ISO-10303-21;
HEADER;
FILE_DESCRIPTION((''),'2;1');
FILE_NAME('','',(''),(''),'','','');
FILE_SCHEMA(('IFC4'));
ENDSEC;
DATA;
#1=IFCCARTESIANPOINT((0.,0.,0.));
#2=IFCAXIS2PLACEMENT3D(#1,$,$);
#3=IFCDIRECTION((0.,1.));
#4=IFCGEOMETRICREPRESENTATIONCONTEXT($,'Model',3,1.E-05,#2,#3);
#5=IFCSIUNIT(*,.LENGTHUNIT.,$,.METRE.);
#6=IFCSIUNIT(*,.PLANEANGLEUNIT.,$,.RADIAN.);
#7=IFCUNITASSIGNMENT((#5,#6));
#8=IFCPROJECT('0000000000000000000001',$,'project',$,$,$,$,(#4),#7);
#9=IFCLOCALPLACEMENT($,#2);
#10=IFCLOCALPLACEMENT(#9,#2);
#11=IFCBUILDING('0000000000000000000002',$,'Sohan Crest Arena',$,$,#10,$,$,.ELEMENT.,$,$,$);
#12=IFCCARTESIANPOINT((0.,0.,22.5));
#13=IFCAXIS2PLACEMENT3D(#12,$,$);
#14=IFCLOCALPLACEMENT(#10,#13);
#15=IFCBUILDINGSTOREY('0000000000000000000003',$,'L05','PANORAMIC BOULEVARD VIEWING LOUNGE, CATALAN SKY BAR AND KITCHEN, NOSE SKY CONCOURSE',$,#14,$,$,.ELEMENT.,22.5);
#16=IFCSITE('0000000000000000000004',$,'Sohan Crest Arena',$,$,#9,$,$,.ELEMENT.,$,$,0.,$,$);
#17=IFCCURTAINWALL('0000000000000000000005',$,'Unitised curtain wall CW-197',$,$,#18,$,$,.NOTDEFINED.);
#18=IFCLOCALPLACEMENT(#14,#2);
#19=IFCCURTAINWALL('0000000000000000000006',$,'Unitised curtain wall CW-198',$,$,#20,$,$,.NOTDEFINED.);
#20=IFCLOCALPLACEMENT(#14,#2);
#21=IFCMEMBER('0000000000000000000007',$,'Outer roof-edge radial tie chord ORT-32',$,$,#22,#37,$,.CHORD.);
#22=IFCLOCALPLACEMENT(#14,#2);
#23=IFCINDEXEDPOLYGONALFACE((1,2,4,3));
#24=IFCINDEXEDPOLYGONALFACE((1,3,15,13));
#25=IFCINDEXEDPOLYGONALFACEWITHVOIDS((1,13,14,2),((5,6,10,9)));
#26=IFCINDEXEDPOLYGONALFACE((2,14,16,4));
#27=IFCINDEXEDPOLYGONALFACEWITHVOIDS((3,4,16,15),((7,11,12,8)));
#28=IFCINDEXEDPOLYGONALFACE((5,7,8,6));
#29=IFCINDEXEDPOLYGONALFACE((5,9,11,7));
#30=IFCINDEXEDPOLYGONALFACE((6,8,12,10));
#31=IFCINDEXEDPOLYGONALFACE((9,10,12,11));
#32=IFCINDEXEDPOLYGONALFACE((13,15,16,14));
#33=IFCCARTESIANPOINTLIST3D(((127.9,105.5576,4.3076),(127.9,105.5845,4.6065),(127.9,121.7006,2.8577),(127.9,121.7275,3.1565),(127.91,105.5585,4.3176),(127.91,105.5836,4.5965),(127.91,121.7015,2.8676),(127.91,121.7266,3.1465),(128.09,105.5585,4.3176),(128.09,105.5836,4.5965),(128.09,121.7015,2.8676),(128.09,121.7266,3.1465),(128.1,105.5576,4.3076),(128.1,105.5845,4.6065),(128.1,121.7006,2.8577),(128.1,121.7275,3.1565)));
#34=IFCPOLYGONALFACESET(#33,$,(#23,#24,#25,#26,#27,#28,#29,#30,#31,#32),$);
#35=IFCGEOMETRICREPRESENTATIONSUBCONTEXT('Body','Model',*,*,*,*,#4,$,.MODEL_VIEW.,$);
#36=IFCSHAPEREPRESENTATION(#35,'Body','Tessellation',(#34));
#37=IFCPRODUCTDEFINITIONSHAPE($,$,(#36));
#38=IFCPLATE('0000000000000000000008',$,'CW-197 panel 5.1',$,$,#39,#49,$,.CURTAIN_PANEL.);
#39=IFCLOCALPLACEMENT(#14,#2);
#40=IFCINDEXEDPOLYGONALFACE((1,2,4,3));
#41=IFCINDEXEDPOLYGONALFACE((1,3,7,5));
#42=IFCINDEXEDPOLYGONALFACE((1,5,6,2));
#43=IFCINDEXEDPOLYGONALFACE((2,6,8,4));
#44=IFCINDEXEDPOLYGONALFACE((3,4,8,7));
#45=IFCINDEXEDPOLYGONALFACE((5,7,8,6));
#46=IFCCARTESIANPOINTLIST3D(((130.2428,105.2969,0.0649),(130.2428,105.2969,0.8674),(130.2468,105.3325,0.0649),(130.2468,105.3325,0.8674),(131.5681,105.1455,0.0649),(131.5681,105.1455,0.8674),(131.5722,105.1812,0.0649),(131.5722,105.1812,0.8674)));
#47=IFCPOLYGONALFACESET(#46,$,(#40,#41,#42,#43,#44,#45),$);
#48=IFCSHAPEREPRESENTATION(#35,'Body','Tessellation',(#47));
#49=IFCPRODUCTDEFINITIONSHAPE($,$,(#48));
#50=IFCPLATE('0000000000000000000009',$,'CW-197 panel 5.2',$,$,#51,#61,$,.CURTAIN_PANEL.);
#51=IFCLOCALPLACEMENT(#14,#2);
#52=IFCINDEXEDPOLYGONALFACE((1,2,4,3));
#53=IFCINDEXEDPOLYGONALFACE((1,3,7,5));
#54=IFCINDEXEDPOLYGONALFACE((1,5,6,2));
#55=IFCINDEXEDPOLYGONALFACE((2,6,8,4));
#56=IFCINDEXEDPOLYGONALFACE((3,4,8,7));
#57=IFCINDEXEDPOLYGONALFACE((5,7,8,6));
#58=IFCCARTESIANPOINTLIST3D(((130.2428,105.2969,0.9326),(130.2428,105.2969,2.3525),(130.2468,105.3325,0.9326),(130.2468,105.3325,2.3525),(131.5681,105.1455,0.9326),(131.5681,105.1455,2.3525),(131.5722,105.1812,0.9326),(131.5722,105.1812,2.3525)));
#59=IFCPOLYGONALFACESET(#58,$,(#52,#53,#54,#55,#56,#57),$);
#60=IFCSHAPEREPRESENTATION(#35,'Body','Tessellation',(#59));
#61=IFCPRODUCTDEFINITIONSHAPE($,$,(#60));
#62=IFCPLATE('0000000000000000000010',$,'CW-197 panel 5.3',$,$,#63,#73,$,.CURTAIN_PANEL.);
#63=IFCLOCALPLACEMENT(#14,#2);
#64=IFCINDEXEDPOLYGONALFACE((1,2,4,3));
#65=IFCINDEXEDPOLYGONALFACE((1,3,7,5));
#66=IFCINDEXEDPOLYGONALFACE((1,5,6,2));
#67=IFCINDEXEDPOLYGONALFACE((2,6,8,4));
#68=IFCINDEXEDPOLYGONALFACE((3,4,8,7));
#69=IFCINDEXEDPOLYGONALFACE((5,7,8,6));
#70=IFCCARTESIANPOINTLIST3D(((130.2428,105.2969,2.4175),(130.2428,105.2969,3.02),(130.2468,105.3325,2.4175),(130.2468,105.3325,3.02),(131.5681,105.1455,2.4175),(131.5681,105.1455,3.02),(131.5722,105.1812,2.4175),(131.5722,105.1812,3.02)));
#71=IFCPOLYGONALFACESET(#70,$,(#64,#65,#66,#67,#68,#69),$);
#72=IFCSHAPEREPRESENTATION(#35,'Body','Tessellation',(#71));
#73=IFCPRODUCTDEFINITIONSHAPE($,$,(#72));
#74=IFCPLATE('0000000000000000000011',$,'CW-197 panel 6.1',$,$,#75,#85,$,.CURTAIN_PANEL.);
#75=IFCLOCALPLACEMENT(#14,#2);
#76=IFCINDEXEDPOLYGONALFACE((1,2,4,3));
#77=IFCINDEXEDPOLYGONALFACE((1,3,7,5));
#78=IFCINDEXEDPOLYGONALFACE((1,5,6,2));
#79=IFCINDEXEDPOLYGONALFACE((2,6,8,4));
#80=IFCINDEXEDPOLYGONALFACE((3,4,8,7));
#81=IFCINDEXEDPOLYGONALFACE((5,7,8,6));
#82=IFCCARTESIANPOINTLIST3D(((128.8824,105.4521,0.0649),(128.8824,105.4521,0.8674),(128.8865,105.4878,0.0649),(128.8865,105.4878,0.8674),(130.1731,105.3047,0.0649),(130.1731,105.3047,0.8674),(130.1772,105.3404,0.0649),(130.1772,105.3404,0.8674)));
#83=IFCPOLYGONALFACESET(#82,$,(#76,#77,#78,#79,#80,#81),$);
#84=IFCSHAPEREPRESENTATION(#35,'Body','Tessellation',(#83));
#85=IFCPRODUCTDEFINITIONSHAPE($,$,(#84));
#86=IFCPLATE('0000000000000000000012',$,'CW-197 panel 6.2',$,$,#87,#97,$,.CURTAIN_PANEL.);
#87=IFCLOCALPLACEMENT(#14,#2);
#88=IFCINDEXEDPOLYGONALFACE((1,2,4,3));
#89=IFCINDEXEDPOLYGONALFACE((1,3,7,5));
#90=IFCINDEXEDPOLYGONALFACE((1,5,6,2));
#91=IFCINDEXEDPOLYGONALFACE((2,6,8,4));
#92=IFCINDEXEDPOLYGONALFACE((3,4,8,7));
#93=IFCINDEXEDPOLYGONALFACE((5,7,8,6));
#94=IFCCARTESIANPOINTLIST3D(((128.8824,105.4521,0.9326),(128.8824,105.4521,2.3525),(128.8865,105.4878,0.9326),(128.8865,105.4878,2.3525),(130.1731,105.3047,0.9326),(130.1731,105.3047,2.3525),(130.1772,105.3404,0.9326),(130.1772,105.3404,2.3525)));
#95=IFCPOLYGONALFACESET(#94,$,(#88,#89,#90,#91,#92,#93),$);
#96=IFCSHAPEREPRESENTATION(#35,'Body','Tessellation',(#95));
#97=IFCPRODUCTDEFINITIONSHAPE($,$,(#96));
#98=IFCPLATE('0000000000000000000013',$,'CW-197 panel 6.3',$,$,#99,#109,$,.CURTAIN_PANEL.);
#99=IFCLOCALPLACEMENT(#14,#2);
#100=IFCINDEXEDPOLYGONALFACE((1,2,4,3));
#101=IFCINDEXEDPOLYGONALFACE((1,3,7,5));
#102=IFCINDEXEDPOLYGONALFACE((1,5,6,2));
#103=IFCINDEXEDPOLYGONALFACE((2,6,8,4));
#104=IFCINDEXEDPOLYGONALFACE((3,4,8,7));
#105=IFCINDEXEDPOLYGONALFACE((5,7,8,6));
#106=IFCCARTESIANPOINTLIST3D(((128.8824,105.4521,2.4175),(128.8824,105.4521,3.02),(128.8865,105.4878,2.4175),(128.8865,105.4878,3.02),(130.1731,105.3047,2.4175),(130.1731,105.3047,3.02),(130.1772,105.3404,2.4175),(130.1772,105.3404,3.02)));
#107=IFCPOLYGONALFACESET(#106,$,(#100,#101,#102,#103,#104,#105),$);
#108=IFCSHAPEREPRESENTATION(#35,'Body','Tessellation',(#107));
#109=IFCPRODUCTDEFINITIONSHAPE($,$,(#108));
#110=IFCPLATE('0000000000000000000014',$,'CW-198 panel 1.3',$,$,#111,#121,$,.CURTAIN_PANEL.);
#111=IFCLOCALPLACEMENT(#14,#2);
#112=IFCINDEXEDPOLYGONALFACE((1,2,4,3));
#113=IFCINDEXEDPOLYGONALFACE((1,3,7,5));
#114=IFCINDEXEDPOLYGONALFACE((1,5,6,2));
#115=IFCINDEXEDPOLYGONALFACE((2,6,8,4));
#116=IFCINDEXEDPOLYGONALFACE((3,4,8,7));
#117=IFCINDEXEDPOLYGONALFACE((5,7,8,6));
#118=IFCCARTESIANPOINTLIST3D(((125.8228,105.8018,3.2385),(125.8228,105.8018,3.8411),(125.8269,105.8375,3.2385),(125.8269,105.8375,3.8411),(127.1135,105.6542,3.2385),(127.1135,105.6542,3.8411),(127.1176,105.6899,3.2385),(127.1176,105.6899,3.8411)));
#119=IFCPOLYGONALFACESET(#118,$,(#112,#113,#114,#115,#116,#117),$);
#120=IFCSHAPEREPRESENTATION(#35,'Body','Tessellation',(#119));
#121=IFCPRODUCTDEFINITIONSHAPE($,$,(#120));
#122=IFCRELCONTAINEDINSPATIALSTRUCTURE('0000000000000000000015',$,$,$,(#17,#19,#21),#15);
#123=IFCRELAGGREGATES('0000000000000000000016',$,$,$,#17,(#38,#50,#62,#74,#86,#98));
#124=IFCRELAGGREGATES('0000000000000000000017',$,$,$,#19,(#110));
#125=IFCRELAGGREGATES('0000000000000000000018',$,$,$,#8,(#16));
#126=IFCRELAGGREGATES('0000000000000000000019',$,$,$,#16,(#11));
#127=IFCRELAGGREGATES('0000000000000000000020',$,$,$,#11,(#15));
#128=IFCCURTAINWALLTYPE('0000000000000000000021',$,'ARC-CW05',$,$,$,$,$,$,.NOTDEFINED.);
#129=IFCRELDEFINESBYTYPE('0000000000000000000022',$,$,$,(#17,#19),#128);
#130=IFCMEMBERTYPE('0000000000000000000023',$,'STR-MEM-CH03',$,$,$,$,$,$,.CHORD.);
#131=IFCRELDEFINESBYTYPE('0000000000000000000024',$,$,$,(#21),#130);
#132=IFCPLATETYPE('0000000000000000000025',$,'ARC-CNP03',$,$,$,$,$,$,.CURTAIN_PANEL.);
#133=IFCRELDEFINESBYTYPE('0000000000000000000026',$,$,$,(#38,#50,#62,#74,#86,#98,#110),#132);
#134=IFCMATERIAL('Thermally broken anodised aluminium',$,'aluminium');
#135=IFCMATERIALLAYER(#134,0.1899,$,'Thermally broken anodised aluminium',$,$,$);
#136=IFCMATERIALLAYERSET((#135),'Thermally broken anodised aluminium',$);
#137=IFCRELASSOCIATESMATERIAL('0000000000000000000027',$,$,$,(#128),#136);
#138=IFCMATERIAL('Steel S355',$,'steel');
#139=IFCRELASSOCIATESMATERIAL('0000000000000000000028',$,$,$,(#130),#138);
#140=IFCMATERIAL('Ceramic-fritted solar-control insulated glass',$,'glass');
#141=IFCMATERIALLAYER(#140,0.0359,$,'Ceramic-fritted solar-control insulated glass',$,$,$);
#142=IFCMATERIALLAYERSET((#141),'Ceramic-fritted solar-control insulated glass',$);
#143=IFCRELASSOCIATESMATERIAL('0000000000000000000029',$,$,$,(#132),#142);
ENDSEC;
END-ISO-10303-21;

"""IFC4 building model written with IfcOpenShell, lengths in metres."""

from ifc_helpers import new_model, si_unit, direction, frame, origin, origin_2d, place, context, subcontext, project, spatial, rectangle, hollow_rectangle, extrude, material, layer, layer_set, material_profile, profile_set, type_object, element, aggregate, save


model = new_model("IFC4")

# Units and contexts
model_context = context("Model", 3, precision=1e-05, world=origin(), true_north=direction((0.0, 1.0)))
body_context = subcontext(model_context, "Body", "Model", "MODEL_VIEW")
ifc_project = project(units=[si_unit("LENGTHUNIT", "METRE"), si_unit("PLANEANGLEUNIT", "RADIAN")], contexts=[model_context])

# Site, building, storey
site_placement = place(None, origin())
site = spatial("IfcSite", under=ifc_project, at=site_placement, Name="Sohan Crest Arena", CompositionType="ELEMENT", RefElevation=0.0)
building_placement = place(site_placement, origin())
building = spatial("IfcBuilding", under=site, at=building_placement, Name="Sohan Crest Arena", CompositionType="ELEMENT")
storey_placement = place(building_placement, frame((0.0, 0.0, 22.5)))
storey = spatial("IfcBuildingStorey", under=building, at=storey_placement, Name="L05", Description="PANORAMIC BOULEVARD VIEWING LOUNGE, CATALAN SKY BAR AND KITCHEN, NOSE SKY CONCOURSE", CompositionType="ELEMENT", Elevation=22.5)

# Curtain wall
ifc_material_1 = material(Name="Thermally broken anodised aluminium", Category="aluminium")
ifc_layer_1 = layer(ifc_material_1, 0.1899, Name="Thermally broken anodised aluminium")
ifc_layer_set_1 = layer_set([ifc_layer_1], Name="Thermally broken anodised aluminium")
curtain_wall_type = type_object("IfcCurtainWallType", Name="ARC-CW05", PredefinedType="NOTDEFINED", material=ifc_layer_set_1)
curtain_wall_1_placement = place(storey_placement, origin())
curtain_wall_1 = element("IfcCurtainWall", 1, at=curtain_wall_1_placement, inside=storey, type_object=curtain_wall_type, Name="Unitised curtain wall CW-197", PredefinedType="NOTDEFINED")

# Curtain wall
curtain_wall_2_placement = place(storey_placement, origin())
curtain_wall_2 = element("IfcCurtainWall", 2, at=curtain_wall_2_placement, inside=storey, type_object=curtain_wall_type, Name="Unitised curtain wall CW-198", PredefinedType="NOTDEFINED")

# Member
ifc_material_2 = material(Name="Steel S355", Category="steel")
ifc_material_profile_1 = material_profile(ifc_material_2, hollow_rectangle(XDim=0.2, YDim=0.3, WallThickness=0.01, at=origin_2d()), Name="RHS 300x200x10")
ifc_profile_set_1 = profile_set([ifc_material_profile_1], Name="Steel S355")
member_type_1 = type_object("IfcMemberType", Name="STR-MEM-CH03", PredefinedType="CHORD", material=ifc_profile_set_1)
member_1_placement = place(storey_placement, frame((128.0, 105.571, 4.457), z_axis=(0.0, 0.995991, -0.089459), x_axis=(-1.0, 0.0, 0.0)))
element("IfcMember", 3, at=member_1_placement, inside=storey, type_object=member_type_1, Name="Outer roof-edge radial tie chord ORT-32", PredefinedType="CHORD", context=body_context, shape_type="SweptSolid", body=[
    extrude(hollow_rectangle(XDim=0.2, YDim=0.3, WallThickness=0.01, at=origin_2d()), origin(), (0.0, 0.0, 1.0), 16.208),
])

# Plates
ifc_material_3 = material(Name="Ceramic-fritted solar-control insulated glass", Category="glass")
ifc_layer_2 = layer(ifc_material_3, 0.0359, Name="Ceramic-fritted solar-control insulated glass")
ifc_layer_set_2 = layer_set([ifc_layer_2], Name="Ceramic-fritted solar-control insulated glass")
plate_type = type_object("IfcPlateType", Name="ARC-CNP03", PredefinedType="CURTAIN_PANEL", material=ifc_layer_set_2)
plate_1_placement = place(storey_placement, frame((130.9075, 105.239, 0.0649), z_axis=(0.0, 0.0, 1.0), x_axis=(-0.99354, 0.11348, 0.0)))
plate_1 = element("IfcPlate", 4, at=plate_1_placement, type_object=plate_type, Name="CW-197 panel 5.1", PredefinedType="CURTAIN_PANEL", context=body_context, shape_type="SweptSolid", body=[
    extrude(rectangle(XDim=1.334, YDim=0.0359, at=origin_2d()), origin(), (0.0, 0.0, 1.0), 0.8025),
])
plate_2_placement = place(storey_placement, frame((130.9075, 105.239, 0.9326), z_axis=(0.0, 0.0, 1.0), x_axis=(-0.99354, 0.11348, 0.0)))
plate_2 = element("IfcPlate", 5, at=plate_2_placement, type_object=plate_type, Name="CW-197 panel 5.2", PredefinedType="CURTAIN_PANEL", context=body_context, shape_type="SweptSolid", body=[
    extrude(rectangle(XDim=1.334, YDim=0.0359, at=origin_2d()), origin(), (0.0, 0.0, 1.0), 1.4199),
])
plate_3_placement = place(storey_placement, frame((130.9075, 105.239, 2.4175), z_axis=(0.0, 0.0, 1.0), x_axis=(-0.99354, 0.11348, 0.0)))
plate_3 = element("IfcPlate", 6, at=plate_3_placement, type_object=plate_type, Name="CW-197 panel 5.3", PredefinedType="CURTAIN_PANEL", context=body_context, shape_type="SweptSolid", body=[
    extrude(rectangle(XDim=1.334, YDim=0.0359, at=origin_2d()), origin(), (0.0, 0.0, 1.0), 0.6025),
])
plate_4_placement = place(storey_placement, frame((129.5298, 105.3962, 0.0649), z_axis=(0.0, 0.0, 1.0), x_axis=(-0.99354, 0.11348, 0.0)))
plate_4 = element("IfcPlate", 7, at=plate_4_placement, type_object=plate_type, Name="CW-197 panel 6.1", PredefinedType="CURTAIN_PANEL", context=body_context, shape_type="SweptSolid", body=[
    extrude(rectangle(XDim=1.2991, YDim=0.0359, at=origin_2d()), origin(), (0.0, 0.0, 1.0), 0.8025),
])
plate_5_placement = place(storey_placement, frame((129.5298, 105.3962, 0.9326), z_axis=(0.0, 0.0, 1.0), x_axis=(-0.99354, 0.11348, 0.0)))
plate_5 = element("IfcPlate", 8, at=plate_5_placement, type_object=plate_type, Name="CW-197 panel 6.2", PredefinedType="CURTAIN_PANEL", context=body_context, shape_type="SweptSolid", body=[
    extrude(rectangle(XDim=1.2991, YDim=0.0359, at=origin_2d()), origin(), (0.0, 0.0, 1.0), 1.4199),
])
plate_6_placement = place(storey_placement, frame((129.5298, 105.3962, 2.4175), z_axis=(0.0, 0.0, 1.0), x_axis=(-0.99354, 0.11348, 0.0)))
plate_6 = element("IfcPlate", 9, at=plate_6_placement, type_object=plate_type, Name="CW-197 panel 6.3", PredefinedType="CURTAIN_PANEL", context=body_context, shape_type="SweptSolid", body=[
    extrude(rectangle(XDim=1.2991, YDim=0.0359, at=origin_2d()), origin(), (0.0, 0.0, 1.0), 0.6025),
])
aggregate(curtain_wall_1, [plate_1, plate_2, plate_3, plate_4, plate_5, plate_6])
plate_7_placement = place(storey_placement, frame((126.4702, 105.7458, 3.2385), z_axis=(0.0, 0.0, 1.0), x_axis=(-0.993527, 0.113597, 0.0)))
plate_7 = element("IfcPlate", 10, at=plate_7_placement, type_object=plate_type, Name="CW-198 panel 1.3", PredefinedType="CURTAIN_PANEL", context=body_context, shape_type="SweptSolid", body=[
    extrude(rectangle(XDim=1.2991, YDim=0.0359, at=origin_2d()), origin(), (0.0, 0.0, 1.0), 0.6025),
])
aggregate(curtain_wall_2, [plate_7])

save(model, "model.ifc")
